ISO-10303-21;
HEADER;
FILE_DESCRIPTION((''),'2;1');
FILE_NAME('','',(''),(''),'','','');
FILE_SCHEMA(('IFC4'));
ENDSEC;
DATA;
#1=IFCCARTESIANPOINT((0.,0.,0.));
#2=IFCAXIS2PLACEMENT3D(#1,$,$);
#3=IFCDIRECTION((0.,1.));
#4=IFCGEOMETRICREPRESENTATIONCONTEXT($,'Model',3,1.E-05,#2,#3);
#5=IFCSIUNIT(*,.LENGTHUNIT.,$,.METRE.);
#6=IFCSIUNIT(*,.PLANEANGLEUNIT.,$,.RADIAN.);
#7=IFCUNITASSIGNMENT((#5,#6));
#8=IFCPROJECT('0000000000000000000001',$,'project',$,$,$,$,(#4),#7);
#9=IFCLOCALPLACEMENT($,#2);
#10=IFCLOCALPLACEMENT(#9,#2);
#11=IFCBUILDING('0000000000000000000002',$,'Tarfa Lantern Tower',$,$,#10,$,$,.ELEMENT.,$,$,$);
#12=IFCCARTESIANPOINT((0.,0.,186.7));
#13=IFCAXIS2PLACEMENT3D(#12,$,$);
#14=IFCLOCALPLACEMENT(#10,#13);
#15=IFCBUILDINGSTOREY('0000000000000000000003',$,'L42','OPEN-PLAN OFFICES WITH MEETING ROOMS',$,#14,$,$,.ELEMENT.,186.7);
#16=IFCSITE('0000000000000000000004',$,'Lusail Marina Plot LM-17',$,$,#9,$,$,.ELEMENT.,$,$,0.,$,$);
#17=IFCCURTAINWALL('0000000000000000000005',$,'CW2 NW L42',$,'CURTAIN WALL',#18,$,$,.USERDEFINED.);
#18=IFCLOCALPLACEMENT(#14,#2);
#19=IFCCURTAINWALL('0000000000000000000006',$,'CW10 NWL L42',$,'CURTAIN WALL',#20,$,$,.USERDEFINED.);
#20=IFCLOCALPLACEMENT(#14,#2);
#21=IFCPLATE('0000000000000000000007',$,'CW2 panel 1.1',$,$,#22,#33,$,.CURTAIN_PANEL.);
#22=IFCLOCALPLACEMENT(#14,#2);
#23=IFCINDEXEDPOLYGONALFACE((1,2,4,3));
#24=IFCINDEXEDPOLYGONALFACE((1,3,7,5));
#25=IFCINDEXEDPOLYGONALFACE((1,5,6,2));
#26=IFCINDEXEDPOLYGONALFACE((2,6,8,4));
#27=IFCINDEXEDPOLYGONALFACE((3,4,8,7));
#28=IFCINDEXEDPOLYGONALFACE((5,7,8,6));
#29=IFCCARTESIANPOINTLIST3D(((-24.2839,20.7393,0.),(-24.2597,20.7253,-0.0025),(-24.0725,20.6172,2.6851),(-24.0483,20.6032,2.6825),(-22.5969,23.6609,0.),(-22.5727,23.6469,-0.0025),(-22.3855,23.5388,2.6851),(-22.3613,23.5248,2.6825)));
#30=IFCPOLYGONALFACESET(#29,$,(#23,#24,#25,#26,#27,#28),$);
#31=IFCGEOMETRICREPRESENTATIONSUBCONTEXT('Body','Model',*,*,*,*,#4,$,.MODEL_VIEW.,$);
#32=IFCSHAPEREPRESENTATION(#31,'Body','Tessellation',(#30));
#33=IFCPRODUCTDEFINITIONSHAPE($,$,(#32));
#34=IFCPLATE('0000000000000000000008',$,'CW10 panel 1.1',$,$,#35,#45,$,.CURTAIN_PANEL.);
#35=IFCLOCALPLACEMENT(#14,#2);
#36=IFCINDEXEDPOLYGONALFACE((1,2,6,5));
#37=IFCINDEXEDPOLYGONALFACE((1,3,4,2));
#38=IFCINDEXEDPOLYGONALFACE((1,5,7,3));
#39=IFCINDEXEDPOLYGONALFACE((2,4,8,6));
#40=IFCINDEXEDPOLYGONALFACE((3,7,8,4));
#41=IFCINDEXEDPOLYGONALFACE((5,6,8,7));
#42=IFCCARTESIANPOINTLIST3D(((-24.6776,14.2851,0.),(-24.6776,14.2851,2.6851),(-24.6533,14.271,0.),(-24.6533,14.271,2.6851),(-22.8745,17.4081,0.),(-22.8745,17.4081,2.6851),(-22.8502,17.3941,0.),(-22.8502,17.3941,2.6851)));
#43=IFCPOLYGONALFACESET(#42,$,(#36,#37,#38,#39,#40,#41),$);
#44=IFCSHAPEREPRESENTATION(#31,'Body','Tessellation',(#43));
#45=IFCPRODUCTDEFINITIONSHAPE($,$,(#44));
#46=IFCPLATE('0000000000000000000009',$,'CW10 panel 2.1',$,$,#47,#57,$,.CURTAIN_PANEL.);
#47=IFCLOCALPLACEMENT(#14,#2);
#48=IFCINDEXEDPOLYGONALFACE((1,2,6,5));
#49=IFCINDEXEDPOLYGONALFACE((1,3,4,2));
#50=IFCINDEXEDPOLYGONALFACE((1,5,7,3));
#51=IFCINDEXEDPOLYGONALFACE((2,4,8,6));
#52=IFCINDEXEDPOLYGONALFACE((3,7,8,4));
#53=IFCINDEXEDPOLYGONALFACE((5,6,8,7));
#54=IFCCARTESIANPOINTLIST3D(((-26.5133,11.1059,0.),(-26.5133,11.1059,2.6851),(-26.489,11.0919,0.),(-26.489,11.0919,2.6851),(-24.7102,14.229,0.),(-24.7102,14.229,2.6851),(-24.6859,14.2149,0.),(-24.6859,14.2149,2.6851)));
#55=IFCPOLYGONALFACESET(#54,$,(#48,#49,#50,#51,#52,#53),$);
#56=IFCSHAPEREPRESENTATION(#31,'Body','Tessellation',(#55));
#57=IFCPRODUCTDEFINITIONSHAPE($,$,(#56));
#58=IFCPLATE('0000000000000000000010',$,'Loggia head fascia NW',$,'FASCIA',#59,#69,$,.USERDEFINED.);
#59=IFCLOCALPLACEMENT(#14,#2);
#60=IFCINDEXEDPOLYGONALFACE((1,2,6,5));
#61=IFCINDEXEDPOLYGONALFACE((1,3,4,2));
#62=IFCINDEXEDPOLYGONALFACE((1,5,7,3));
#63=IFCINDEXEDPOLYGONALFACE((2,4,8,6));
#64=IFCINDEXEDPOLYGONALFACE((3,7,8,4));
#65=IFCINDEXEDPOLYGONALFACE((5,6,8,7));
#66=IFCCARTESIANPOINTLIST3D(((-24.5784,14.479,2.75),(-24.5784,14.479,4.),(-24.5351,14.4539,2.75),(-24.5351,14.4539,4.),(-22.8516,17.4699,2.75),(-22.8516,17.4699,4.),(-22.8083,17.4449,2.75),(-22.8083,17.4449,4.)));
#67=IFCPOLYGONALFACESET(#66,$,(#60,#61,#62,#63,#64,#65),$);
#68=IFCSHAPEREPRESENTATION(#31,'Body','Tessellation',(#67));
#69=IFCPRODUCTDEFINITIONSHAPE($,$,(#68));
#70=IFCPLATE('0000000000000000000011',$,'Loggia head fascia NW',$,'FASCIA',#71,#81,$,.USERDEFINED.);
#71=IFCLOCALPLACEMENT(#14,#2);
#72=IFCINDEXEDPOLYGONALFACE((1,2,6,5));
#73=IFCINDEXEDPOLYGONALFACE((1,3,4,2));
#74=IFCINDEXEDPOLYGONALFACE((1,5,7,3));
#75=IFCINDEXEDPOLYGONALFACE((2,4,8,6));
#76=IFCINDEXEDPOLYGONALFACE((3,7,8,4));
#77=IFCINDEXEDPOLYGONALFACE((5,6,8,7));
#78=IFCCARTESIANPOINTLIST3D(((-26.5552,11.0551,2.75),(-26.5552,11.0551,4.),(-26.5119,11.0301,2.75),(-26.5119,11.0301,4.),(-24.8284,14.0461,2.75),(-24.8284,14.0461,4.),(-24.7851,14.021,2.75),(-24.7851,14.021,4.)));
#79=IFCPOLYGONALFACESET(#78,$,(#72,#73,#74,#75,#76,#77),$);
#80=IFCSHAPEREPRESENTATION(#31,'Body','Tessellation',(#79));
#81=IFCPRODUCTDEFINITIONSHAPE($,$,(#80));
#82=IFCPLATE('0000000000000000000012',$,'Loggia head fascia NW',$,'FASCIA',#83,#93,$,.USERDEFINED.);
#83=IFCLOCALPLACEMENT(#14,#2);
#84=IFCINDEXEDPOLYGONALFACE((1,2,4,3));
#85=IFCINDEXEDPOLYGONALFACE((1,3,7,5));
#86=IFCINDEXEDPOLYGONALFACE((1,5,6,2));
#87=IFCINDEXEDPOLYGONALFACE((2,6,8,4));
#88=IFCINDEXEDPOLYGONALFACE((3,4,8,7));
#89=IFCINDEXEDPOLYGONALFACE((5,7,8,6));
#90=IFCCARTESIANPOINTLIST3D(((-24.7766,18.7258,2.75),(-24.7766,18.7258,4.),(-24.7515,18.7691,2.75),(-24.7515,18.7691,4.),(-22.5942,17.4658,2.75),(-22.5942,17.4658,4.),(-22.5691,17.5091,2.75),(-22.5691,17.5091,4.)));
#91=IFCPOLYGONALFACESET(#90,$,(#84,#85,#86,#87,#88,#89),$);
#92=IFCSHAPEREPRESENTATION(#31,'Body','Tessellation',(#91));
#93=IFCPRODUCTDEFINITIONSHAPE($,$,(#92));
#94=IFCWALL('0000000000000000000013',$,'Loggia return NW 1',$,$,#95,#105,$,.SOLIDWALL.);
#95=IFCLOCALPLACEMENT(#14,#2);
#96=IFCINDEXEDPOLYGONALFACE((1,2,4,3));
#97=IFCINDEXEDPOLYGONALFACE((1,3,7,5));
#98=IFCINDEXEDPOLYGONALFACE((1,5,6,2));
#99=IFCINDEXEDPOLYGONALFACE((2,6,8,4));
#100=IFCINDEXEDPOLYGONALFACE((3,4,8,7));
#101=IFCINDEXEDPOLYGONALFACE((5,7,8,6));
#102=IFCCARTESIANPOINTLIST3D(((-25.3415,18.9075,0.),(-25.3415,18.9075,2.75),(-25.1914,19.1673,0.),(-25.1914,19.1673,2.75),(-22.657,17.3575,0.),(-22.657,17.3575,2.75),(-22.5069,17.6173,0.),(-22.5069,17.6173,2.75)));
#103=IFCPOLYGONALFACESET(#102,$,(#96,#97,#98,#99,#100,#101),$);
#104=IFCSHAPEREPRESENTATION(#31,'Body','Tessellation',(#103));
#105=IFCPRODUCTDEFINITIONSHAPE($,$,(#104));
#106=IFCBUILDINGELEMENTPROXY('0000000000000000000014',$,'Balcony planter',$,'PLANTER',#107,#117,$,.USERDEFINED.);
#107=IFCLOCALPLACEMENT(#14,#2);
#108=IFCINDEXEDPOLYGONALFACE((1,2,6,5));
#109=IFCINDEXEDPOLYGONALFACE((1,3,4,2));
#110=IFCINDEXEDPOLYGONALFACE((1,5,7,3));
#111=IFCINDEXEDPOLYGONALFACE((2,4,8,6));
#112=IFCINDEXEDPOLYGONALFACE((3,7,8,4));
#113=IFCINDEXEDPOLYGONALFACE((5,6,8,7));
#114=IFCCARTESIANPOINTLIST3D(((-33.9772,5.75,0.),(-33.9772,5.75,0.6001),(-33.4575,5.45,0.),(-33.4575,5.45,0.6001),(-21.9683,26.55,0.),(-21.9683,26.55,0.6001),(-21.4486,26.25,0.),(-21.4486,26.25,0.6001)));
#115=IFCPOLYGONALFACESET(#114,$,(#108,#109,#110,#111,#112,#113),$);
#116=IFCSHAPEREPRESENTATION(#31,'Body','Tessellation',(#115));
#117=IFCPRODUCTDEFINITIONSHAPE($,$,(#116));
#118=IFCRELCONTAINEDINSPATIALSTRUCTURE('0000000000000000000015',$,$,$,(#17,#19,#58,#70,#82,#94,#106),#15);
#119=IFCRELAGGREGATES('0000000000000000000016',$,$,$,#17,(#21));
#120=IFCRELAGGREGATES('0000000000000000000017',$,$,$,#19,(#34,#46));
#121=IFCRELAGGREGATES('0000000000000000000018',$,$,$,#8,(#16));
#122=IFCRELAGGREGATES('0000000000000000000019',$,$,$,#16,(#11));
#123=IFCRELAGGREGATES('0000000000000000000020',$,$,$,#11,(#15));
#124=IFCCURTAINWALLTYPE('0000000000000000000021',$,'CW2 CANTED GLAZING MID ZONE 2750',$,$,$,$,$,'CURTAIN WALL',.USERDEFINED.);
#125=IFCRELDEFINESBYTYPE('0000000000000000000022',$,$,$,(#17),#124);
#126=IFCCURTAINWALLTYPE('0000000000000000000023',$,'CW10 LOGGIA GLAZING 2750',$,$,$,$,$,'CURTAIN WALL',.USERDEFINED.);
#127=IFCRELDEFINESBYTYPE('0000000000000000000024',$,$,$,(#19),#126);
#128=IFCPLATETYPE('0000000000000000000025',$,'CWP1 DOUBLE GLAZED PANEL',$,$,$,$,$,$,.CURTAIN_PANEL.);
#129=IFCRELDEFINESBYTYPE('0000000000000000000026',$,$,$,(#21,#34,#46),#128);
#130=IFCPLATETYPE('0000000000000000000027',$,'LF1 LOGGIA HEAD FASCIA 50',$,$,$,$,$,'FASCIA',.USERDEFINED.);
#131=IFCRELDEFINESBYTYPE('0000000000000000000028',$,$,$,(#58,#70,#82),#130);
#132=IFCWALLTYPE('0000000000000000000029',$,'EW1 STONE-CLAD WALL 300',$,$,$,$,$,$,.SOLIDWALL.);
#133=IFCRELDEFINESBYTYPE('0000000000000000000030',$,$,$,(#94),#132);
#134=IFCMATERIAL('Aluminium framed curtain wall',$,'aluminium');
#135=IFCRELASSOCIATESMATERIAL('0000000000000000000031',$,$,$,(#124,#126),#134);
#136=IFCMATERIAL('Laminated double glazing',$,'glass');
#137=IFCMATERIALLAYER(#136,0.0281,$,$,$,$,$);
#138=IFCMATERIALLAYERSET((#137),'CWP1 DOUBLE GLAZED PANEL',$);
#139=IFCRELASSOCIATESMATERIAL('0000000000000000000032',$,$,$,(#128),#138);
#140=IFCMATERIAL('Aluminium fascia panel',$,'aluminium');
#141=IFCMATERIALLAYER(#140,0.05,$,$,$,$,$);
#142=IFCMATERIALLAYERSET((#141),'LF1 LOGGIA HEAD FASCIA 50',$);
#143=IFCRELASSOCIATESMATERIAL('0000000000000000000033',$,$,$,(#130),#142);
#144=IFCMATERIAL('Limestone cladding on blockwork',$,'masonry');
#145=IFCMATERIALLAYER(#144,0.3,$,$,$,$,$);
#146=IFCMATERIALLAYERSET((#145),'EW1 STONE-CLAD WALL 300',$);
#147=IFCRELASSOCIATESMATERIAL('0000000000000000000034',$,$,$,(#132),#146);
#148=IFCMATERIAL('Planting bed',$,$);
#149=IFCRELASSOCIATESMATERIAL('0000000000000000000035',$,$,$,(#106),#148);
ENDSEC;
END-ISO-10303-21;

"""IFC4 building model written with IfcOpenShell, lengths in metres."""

from ifc_helpers import new_model, si_unit, direction, frame, frame_2d, origin, origin_2d, place, context, subcontext, project, spatial, polyline, rectangle, outline, extrude, material, layer, layer_set, type_object, element, aggregate, save


model = new_model("IFC4")

# Units and contexts
model_context = context("Model", 3, precision=1e-05, world=origin(), true_north=direction((0.0, 1.0)))
body_context = subcontext(model_context, "Body", "Model", "MODEL_VIEW")
ifc_project = project(units=[si_unit("LENGTHUNIT", "METRE"), si_unit("PLANEANGLEUNIT", "RADIAN")], contexts=[model_context])

# Site, building, storey
site_placement = place(None, origin())
site = spatial("IfcSite", under=ifc_project, at=site_placement, Name="Lusail Marina Plot LM-17", CompositionType="ELEMENT", RefElevation=0.0)
building_placement = place(site_placement, origin())
building = spatial("IfcBuilding", under=site, at=building_placement, Name="Tarfa Lantern Tower", CompositionType="ELEMENT")
storey_placement = place(building_placement, frame((0.0, 0.0, 186.7)))
storey = spatial("IfcBuildingStorey", under=building, at=storey_placement, Name="L42", Description="OPEN-PLAN OFFICES WITH MEETING ROOMS", CompositionType="ELEMENT", Elevation=186.7)

# Curtain walls
ifc_material_1 = material(Name="Aluminium framed curtain wall", Category="aluminium")
curtain_wall_type_1 = type_object("IfcCurtainWallType", Name="CW2 CANTED GLAZING MID ZONE 2750", ElementType="CURTAIN WALL", PredefinedType="USERDEFINED", material=ifc_material_1)
curtain_wall_1_placement = place(storey_placement, origin())
curtain_wall_1 = element("IfcCurtainWall", 1, at=curtain_wall_1_placement, inside=storey, type_object=curtain_wall_type_1, Name="CW2 NW L42", ObjectType="CURTAIN WALL", PredefinedType="USERDEFINED")
curtain_wall_type_2 = type_object("IfcCurtainWallType", Name="CW10 LOGGIA GLAZING 2750", ElementType="CURTAIN WALL", PredefinedType="USERDEFINED", material=ifc_material_1)
curtain_wall_2_placement = place(storey_placement, origin())
curtain_wall_2 = element("IfcCurtainWall", 2, at=curtain_wall_2_placement, inside=storey, type_object=curtain_wall_type_2, Name="CW10 NWL L42", ObjectType="CURTAIN WALL", PredefinedType="USERDEFINED")

# Plates
ifc_material_2 = material(Name="Laminated double glazing", Category="glass")
ifc_layer_1 = layer(ifc_material_2, 0.0281)
ifc_layer_set_1 = layer_set([ifc_layer_1], Name="CWP1 DOUBLE GLAZED PANEL")
plate_type_1 = type_object("IfcPlateType", Name="CWP1 DOUBLE GLAZED PANEL", PredefinedType="CURTAIN_PANEL", material=ifc_layer_set_1)
plate_1_placement = place(storey_placement, frame((-22.5969, 23.6609, 0.0), z_axis=(-0.862441, 0.497992, 0.09055), x_axis=(-0.500046, -0.865999, 0.0)))
plate_1 = element("IfcPlate", 3, at=plate_1_placement, type_object=plate_type_1, Name="CW2 panel 1.1", PredefinedType="CURTAIN_PANEL", context=body_context, shape_type="SweptSolid", body=[
    extrude(outline(polyline([(0.0, 0.0), (3.3737, 0.0), (3.3737, 2.6961), (0.0, 2.6961), (0.0, 0.0)])), origin(), (0.0, 0.0, -1.0), 0.0281),
])
aggregate(curtain_wall_1, [plate_1])
plate_2_placement = place(storey_placement, frame((-23.7639, 15.8396, 0.0), z_axis=(0.0, 0.0, 1.0), x_axis=(-0.5, -0.866025, 0.0)))
plate_2 = element("IfcPlate", 4, at=plate_2_placement, type_object=plate_type_1, Name="CW10 panel 1.1", PredefinedType="CURTAIN_PANEL", context=body_context, shape_type="SweptSolid", body=[
    extrude(rectangle(XDim=3.6062, YDim=0.0281, at=origin_2d()), origin(), (0.0, 0.0, 1.0), 2.6851),
])
plate_3_placement = place(storey_placement, frame((-25.5996, 12.6604, 0.0), z_axis=(0.0, 0.0, 1.0), x_axis=(-0.5, -0.866025, 0.0)))
plate_3 = element("IfcPlate", 5, at=plate_3_placement, type_object=plate_type_1, Name="CW10 panel 2.1", PredefinedType="CURTAIN_PANEL", context=body_context, shape_type="SweptSolid", body=[
    extrude(rectangle(XDim=3.6062, YDim=0.0281, at=origin_2d()), origin(), (0.0, 0.0, 1.0), 2.6851),
])
aggregate(curtain_wall_2, [plate_2, plate_3])

# Plates
ifc_material_3 = material(Name="Aluminium fascia panel", Category="aluminium")
ifc_layer_2 = layer(ifc_material_3, 0.05)
ifc_layer_set_2 = layer_set([ifc_layer_2], Name="LF1 LOGGIA HEAD FASCIA 50")
plate_type_2 = type_object("IfcPlateType", Name="LF1 LOGGIA HEAD FASCIA 50", ElementType="FASCIA", PredefinedType="USERDEFINED", material=ifc_layer_set_2)
for number, where, z_axis, x_axis, name in (
    (6, (-23.6934, 15.9619, 2.75), (0.0, 0.0, 1.0), (-0.5, -0.866025, 0.0), "Loggia head fascia NW"),
    (7, (-25.6702, 12.5381, 2.75), (0.0, 0.0, 1.0), (-0.5, -0.866025, 0.0), "Loggia head fascia NW"),
):
    element("IfcPlate", number, at=place(storey_placement, frame(where, z_axis=z_axis, x_axis=x_axis)), inside=storey, type_object=plate_type_2, Name=name, ObjectType="FASCIA", PredefinedType="USERDEFINED", context=body_context, shape_type="SweptSolid", body=[
        extrude(rectangle(XDim=3.4536, YDim=0.05, at=origin_2d()), origin(), (0.0, 0.0, 1.0), 1.25),
    ])
plate_4_placement = place(storey_placement, frame((-23.6729, 18.1174, 2.75), z_axis=(0.0, 0.0, 1.0), x_axis=(0.866025, -0.5, 0.0)))
element("IfcPlate", 8, at=plate_4_placement, inside=storey, type_object=plate_type_2, Name="Loggia head fascia NW", ObjectType="FASCIA", PredefinedType="USERDEFINED", context=body_context, shape_type="SweptSolid", body=[
    extrude(rectangle(XDim=2.52, YDim=0.05, at=origin_2d()), origin(), (0.0, 0.0, 1.0), 1.25),
])

# Wall
ifc_material_4 = material(Name="Limestone cladding on blockwork", Category="masonry")
ifc_layer_3 = layer(ifc_material_4, 0.3)
ifc_layer_set_3 = layer_set([ifc_layer_3], Name="EW1 STONE-CLAD WALL 300")
wall_type = type_object("IfcWallType", Name="EW1 STONE-CLAD WALL 300", PredefinedType="SOLIDWALL", material=ifc_layer_set_3)
wall_placement = place(storey_placement, frame((-25.2664, 19.0374, 0.0), z_axis=(0.0, 0.0, 1.0), x_axis=(0.86601, -0.500027, 0.0)))
element("IfcWall", 9, at=wall_placement, inside=storey, type_object=wall_type, Name="Loggia return NW 1", PredefinedType="SOLIDWALL", context=body_context, shape_type="SweptSolid", body=[
    extrude(rectangle(XDim=3.0999, YDim=0.3, at=frame_2d((1.5498, 0.0))), origin(), (0.0, 0.0, 1.0), 2.75),
])

# Building element proxy
ifc_material_5 = material(Name="Planting bed")
proxy_placement = place(storey_placement, frame((-27.7129, 16.0, 0.0), z_axis=(0.0, 0.0, 1.0), x_axis=(-0.5, -0.866025, 0.0)))
element("IfcBuildingElementProxy", 10, at=proxy_placement, inside=storey, material=ifc_material_5, Name="Balcony planter", ObjectType="PLANTER", PredefinedType="USERDEFINED", context=body_context, shape_type="SweptSolid", body=[
    extrude(rectangle(XDim=24.0178, YDim=0.6001, at=origin_2d()), origin(), (0.0, 0.0, 1.0), 0.6001),
])

save(model, "model.ifc")
